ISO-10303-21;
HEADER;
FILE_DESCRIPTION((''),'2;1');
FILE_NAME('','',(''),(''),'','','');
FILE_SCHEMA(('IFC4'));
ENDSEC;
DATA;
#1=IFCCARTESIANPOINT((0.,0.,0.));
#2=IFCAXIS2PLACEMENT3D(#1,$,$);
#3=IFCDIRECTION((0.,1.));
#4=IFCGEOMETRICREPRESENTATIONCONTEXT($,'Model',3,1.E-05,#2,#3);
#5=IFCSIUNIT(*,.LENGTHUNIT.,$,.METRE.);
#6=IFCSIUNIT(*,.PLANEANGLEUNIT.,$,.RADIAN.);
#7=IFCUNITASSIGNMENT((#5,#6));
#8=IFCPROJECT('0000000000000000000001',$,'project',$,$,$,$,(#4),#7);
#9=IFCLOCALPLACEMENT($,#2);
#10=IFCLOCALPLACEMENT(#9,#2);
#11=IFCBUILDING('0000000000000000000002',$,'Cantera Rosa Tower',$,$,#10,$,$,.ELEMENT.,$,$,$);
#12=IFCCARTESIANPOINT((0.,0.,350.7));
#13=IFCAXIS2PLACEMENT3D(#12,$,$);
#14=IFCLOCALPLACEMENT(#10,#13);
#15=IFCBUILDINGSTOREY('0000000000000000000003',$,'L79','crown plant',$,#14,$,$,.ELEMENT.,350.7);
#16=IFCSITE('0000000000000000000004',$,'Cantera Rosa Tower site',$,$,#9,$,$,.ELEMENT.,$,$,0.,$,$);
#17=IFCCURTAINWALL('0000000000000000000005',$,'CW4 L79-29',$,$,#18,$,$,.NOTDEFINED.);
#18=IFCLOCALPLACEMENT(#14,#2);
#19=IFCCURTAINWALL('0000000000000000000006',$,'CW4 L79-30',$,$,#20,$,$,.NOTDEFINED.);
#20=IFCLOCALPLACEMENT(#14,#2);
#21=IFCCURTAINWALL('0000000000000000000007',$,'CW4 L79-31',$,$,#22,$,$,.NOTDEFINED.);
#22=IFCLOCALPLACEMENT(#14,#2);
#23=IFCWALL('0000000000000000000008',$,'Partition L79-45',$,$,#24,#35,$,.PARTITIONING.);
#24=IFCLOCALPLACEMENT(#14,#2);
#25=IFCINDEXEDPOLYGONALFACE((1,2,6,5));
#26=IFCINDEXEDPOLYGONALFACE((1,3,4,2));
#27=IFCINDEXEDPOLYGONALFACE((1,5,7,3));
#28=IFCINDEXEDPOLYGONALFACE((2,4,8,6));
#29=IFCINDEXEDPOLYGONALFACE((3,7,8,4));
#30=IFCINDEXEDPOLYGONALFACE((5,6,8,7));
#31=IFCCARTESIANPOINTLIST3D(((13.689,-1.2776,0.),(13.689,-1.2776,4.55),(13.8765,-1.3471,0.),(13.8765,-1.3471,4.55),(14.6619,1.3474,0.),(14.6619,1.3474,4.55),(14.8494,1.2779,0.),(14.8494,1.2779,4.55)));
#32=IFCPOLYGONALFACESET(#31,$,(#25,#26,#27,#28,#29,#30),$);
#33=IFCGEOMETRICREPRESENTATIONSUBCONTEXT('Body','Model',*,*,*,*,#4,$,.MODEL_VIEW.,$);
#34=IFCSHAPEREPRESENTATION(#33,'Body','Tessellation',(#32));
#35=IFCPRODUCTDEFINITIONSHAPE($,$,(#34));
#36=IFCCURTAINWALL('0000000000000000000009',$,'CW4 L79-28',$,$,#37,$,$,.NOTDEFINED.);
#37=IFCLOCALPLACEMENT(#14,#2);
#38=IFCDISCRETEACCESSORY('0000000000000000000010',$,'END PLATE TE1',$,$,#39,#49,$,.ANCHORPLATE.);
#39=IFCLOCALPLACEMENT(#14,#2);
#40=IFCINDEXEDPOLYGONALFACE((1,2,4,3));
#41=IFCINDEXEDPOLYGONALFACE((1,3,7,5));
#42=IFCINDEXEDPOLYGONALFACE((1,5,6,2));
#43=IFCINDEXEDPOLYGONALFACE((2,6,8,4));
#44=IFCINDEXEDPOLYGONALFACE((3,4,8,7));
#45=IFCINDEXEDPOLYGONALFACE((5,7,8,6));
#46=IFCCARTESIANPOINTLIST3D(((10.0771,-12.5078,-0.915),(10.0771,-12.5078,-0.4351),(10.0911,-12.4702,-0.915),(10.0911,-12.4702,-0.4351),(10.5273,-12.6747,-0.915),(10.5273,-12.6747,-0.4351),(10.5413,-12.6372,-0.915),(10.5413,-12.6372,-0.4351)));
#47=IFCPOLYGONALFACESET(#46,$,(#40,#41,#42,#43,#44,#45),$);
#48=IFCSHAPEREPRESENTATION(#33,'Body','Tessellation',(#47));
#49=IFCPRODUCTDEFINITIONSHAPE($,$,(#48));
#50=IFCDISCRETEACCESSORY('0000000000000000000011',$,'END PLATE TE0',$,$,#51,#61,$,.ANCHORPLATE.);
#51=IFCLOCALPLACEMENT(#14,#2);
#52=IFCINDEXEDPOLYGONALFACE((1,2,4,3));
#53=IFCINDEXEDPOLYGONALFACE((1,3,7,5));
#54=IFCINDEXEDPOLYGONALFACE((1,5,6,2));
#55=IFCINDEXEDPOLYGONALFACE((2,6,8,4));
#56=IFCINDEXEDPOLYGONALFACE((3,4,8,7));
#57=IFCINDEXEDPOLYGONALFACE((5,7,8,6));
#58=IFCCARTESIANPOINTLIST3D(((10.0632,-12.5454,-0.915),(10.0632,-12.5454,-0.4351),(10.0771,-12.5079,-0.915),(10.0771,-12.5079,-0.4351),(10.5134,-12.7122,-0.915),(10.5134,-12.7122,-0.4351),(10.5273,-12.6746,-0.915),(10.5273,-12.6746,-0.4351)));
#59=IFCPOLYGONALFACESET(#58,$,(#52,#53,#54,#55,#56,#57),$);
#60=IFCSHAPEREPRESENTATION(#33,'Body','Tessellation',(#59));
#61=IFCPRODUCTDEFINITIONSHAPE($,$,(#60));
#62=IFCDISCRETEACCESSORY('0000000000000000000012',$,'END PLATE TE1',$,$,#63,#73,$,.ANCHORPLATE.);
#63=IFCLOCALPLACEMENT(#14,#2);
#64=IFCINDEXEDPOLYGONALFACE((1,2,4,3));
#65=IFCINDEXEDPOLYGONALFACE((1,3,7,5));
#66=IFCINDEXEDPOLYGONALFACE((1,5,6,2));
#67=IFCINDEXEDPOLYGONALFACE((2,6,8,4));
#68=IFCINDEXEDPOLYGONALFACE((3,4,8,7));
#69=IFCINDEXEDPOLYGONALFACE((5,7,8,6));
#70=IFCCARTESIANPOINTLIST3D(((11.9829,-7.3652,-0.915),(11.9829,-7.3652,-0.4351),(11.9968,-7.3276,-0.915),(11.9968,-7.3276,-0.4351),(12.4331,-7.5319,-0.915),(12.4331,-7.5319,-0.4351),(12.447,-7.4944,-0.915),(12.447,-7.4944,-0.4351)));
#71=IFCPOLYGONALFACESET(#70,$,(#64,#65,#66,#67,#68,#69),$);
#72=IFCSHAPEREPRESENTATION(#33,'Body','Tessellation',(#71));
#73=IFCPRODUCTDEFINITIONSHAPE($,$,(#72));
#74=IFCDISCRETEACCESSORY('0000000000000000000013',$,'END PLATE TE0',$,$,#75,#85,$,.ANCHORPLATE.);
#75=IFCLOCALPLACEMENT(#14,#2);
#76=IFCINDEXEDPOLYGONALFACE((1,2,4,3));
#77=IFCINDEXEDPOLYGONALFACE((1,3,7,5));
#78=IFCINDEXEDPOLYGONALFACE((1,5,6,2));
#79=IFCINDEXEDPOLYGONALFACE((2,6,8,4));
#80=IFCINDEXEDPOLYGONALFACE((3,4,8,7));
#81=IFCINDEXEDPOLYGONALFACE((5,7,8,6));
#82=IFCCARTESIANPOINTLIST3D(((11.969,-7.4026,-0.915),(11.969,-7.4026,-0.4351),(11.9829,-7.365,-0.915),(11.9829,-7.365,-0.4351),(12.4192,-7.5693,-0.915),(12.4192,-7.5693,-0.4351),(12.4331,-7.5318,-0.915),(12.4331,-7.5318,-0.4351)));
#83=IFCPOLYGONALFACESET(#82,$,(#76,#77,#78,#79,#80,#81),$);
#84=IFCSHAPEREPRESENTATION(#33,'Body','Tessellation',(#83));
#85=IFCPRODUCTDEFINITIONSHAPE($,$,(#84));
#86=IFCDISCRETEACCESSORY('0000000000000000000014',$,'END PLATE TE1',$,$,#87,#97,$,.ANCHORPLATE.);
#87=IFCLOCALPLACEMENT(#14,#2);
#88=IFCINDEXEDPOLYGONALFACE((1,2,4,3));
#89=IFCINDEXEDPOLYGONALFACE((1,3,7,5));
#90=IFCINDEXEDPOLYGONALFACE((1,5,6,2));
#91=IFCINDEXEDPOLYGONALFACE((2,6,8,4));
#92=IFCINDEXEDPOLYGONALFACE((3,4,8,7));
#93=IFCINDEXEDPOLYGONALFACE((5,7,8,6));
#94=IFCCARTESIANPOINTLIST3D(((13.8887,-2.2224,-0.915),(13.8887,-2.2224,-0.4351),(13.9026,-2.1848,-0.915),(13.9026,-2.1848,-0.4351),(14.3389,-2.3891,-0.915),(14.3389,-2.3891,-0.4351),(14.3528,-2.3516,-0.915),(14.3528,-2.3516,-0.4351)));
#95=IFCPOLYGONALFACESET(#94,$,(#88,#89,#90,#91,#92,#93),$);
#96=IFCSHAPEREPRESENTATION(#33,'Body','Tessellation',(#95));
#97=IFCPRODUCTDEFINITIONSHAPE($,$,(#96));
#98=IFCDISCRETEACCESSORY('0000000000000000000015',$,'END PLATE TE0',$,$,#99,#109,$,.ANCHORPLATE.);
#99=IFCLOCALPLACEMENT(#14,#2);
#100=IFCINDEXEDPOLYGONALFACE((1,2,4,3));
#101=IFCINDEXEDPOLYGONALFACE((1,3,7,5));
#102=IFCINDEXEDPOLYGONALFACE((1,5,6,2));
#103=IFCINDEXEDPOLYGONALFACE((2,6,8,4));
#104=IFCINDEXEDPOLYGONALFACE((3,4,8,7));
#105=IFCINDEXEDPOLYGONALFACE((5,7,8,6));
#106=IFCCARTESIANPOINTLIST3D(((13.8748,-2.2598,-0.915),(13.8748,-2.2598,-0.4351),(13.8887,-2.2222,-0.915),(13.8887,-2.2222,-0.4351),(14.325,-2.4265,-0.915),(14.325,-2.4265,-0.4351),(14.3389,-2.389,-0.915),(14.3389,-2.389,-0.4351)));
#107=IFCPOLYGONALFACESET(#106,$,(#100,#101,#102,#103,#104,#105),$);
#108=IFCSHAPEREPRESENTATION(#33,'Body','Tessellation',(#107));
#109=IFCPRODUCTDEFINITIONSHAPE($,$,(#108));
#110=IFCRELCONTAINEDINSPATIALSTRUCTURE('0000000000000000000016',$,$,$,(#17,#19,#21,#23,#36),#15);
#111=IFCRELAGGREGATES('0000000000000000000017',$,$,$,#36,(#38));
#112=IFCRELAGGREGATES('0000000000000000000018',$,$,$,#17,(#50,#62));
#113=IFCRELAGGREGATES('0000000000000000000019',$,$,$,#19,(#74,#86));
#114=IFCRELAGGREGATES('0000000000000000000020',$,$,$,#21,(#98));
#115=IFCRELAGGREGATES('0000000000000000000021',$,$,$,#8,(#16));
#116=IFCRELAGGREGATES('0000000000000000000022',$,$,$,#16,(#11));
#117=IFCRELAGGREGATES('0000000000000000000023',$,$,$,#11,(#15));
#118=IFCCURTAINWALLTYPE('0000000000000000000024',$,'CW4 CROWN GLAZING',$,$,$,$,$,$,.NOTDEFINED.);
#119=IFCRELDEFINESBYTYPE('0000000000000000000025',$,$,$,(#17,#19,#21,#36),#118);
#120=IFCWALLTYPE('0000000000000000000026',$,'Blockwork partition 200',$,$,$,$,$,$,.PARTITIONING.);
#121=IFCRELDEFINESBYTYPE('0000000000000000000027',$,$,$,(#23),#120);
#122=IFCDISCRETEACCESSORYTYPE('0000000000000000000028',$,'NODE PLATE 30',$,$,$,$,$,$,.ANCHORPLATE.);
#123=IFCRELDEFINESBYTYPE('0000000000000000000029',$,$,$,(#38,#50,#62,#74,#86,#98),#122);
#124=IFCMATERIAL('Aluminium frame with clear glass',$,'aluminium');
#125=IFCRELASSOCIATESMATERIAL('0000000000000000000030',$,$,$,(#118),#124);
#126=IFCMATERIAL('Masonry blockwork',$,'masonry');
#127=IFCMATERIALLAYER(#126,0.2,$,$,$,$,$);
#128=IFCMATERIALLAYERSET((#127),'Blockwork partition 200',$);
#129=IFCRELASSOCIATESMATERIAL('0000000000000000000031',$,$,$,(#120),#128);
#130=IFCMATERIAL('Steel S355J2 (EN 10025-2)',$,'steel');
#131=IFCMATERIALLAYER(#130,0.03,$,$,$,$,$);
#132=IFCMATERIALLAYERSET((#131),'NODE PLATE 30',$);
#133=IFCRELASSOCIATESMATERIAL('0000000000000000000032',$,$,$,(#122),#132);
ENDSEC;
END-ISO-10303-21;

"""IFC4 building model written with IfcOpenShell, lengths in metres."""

from ifc_helpers import new_model, si_unit, direction, frame, frame_2d, origin, place, context, subcontext, project, spatial, polyline, rectangle, outline, extrude, material, layer, layer_set, type_object, element, aggregate, save


model = new_model("IFC4")

# Units and contexts
model_context = context("Model", 3, precision=1e-05, world=origin(), true_north=direction((0.0, 1.0)))
body_context = subcontext(model_context, "Body", "Model", "MODEL_VIEW")
ifc_project = project(units=[si_unit("LENGTHUNIT", "METRE"), si_unit("PLANEANGLEUNIT", "RADIAN")], contexts=[model_context])

# Site, building, storey
site_placement = place(None, origin())
site = spatial("IfcSite", under=ifc_project, at=site_placement, Name="Cantera Rosa Tower site", CompositionType="ELEMENT", RefElevation=0.0)
building_placement = place(site_placement, origin())
building = spatial("IfcBuilding", under=site, at=building_placement, Name="Cantera Rosa Tower", CompositionType="ELEMENT")
storey_placement = place(building_placement, frame((0.0, 0.0, 350.7)))
storey = spatial("IfcBuildingStorey", under=building, at=storey_placement, Name="L79", Description="crown plant", CompositionType="ELEMENT", Elevation=350.7)

# Curtain walls
ifc_material_1 = material(Name="Aluminium frame with clear glass", Category="aluminium")
curtain_wall_type = type_object("IfcCurtainWallType", Name="CW4 CROWN GLAZING", PredefinedType="NOTDEFINED", material=ifc_material_1)
curtain_wall_1_placement = place(storey_placement, origin())
curtain_wall_1 = element("IfcCurtainWall", 1, at=curtain_wall_1_placement, inside=storey, type_object=curtain_wall_type, Name="CW4 L79-29", PredefinedType="NOTDEFINED")
curtain_wall_2_placement = place(storey_placement, origin())
curtain_wall_2 = element("IfcCurtainWall", 2, at=curtain_wall_2_placement, inside=storey, type_object=curtain_wall_type, Name="CW4 L79-30", PredefinedType="NOTDEFINED")
curtain_wall_3_placement = place(storey_placement, origin())
curtain_wall_3 = element("IfcCurtainWall", 3, at=curtain_wall_3_placement, inside=storey, type_object=curtain_wall_type, Name="CW4 L79-31", PredefinedType="NOTDEFINED")

# Wall
ifc_material_2 = material(Name="Masonry blockwork", Category="masonry")
ifc_layer_1 = layer(ifc_material_2, 0.2)
ifc_layer_set_1 = layer_set([ifc_layer_1], Name="Blockwork partition 200")
wall_type = type_object("IfcWallType", Name="Blockwork partition 200", PredefinedType="PARTITIONING", material=ifc_layer_set_1)
wall_placement = place(storey_placement, frame((13.7827, -1.3125, 0.0), z_axis=(0.0, 0.0, 1.0), x_axis=(0.347527, 0.93767, 0.0)))
element("IfcWall", 4, at=wall_placement, inside=storey, type_object=wall_type, Name="Partition L79-45", PredefinedType="PARTITIONING", context=body_context, shape_type="SweptSolid", body=[
    extrude(rectangle(XDim=2.7996, YDim=0.2, at=frame_2d((1.3999, 0.0))), origin(), (0.0, 0.0, 1.0), 4.55),
])

# Curtain wall, discrete accessory
curtain_wall_4_placement = place(storey_placement, origin())
curtain_wall_4 = element("IfcCurtainWall", 5, at=curtain_wall_4_placement, inside=storey, type_object=curtain_wall_type, Name="CW4 L79-28", PredefinedType="NOTDEFINED")
ifc_material_3 = material(Name="Steel S355J2 (EN 10025-2)", Category="steel")
ifc_layer_2 = layer(ifc_material_3, 0.03)
ifc_layer_set_2 = layer_set([ifc_layer_2], Name="NODE PLATE 30")
discrete_accessory_type = type_object("IfcDiscreteAccessoryType", Name="NODE PLATE 30", PredefinedType="ANCHORPLATE", material=ifc_layer_set_2)
discrete_accessory_1_placement = place(storey_placement, frame((10.0911, -12.4702, -0.4351), z_axis=(0.347778, 0.937577, 0.0), x_axis=(0.937577, -0.347778, 0.0)))
discrete_accessory_1 = element("IfcDiscreteAccessory", 6, at=discrete_accessory_1_placement, type_object=discrete_accessory_type, Name="END PLATE TE1", PredefinedType="ANCHORPLATE", context=body_context, shape_type="SweptSolid", body=[
    extrude(outline(polyline([(0.0, 0.0), (0.4802, 0.0), (0.4802, 0.48), (0.0, 0.48), (0.0, 0.0)])), origin(), (0.0, 0.0, -1.0), 0.04),
])
aggregate(curtain_wall_4, [discrete_accessory_1])

# Discrete accessories
discrete_accessory_2_placement = place(storey_placement, frame((10.5134, -12.7122, -0.4351), z_axis=(-0.347331, -0.937743, 0.0), x_axis=(-0.937743, 0.347331, 0.0)))
discrete_accessory_2 = element("IfcDiscreteAccessory", 7, at=discrete_accessory_2_placement, type_object=discrete_accessory_type, Name="END PLATE TE0", PredefinedType="ANCHORPLATE", context=body_context, shape_type="SweptSolid", body=[
    extrude(outline(polyline([(0.0, 0.0), (0.4801, 0.0), (0.4801, 0.48), (0.0, 0.48), (0.0, 0.0)])), origin(), (0.0, 0.0, -1.0), 0.04),
])
discrete_accessory_3_placement = place(storey_placement, frame((11.9968, -7.3276, -0.4351), z_axis=(0.347331, 0.937743, 0.0), x_axis=(0.937743, -0.347331, 0.0)))
discrete_accessory_3 = element("IfcDiscreteAccessory", 8, at=discrete_accessory_3_placement, type_object=discrete_accessory_type, Name="END PLATE TE1", PredefinedType="ANCHORPLATE", context=body_context, shape_type="SweptSolid", body=[
    extrude(outline(polyline([(0.0, 0.0), (0.4801, 0.0), (0.4801, 0.48), (0.0, 0.48), (0.0, 0.0)])), origin(), (0.0, 0.0, -1.0), 0.04),
])
aggregate(curtain_wall_1, [discrete_accessory_2, discrete_accessory_3])
discrete_accessory_4_placement = place(storey_placement, frame((12.4192, -7.5693, -0.4351), z_axis=(-0.347331, -0.937743, 0.0), x_axis=(-0.937743, 0.347331, 0.0)))
discrete_accessory_4 = element("IfcDiscreteAccessory", 9, at=discrete_accessory_4_placement, type_object=discrete_accessory_type, Name="END PLATE TE0", PredefinedType="ANCHORPLATE", context=body_context, shape_type="SweptSolid", body=[
    extrude(outline(polyline([(0.0, 0.0), (0.4801, 0.0), (0.4801, 0.48), (0.0, 0.48), (0.0, 0.0)])), origin(), (0.0, 0.0, -1.0), 0.04),
])
discrete_accessory_5_placement = place(storey_placement, frame((13.9026, -2.1848, -0.4351), z_axis=(0.347331, 0.937743, 0.0), x_axis=(0.937743, -0.347331, 0.0)))
discrete_accessory_5 = element("IfcDiscreteAccessory", 10, at=discrete_accessory_5_placement, type_object=discrete_accessory_type, Name="END PLATE TE1", PredefinedType="ANCHORPLATE", context=body_context, shape_type="SweptSolid", body=[
    extrude(outline(polyline([(0.0, 0.0), (0.4801, 0.0), (0.4801, 0.48), (0.0, 0.48), (0.0, 0.0)])), origin(), (0.0, 0.0, -1.0), 0.04),
])
aggregate(curtain_wall_2, [discrete_accessory_4, discrete_accessory_5])
discrete_accessory_6_placement = place(storey_placement, frame((14.325, -2.4265, -0.4351), z_axis=(-0.347331, -0.937743, 0.0), x_axis=(-0.937743, 0.347331, 0.0)))
discrete_accessory_6 = element("IfcDiscreteAccessory", 11, at=discrete_accessory_6_placement, type_object=discrete_accessory_type, Name="END PLATE TE0", PredefinedType="ANCHORPLATE", context=body_context, shape_type="SweptSolid", body=[
    extrude(outline(polyline([(0.0, 0.0), (0.4801, 0.0), (0.4801, 0.48), (0.0, 0.48), (0.0, 0.0)])), origin(), (0.0, 0.0, -1.0), 0.04),
])
aggregate(curtain_wall_3, [discrete_accessory_6])

save(model, "model.ifc")
